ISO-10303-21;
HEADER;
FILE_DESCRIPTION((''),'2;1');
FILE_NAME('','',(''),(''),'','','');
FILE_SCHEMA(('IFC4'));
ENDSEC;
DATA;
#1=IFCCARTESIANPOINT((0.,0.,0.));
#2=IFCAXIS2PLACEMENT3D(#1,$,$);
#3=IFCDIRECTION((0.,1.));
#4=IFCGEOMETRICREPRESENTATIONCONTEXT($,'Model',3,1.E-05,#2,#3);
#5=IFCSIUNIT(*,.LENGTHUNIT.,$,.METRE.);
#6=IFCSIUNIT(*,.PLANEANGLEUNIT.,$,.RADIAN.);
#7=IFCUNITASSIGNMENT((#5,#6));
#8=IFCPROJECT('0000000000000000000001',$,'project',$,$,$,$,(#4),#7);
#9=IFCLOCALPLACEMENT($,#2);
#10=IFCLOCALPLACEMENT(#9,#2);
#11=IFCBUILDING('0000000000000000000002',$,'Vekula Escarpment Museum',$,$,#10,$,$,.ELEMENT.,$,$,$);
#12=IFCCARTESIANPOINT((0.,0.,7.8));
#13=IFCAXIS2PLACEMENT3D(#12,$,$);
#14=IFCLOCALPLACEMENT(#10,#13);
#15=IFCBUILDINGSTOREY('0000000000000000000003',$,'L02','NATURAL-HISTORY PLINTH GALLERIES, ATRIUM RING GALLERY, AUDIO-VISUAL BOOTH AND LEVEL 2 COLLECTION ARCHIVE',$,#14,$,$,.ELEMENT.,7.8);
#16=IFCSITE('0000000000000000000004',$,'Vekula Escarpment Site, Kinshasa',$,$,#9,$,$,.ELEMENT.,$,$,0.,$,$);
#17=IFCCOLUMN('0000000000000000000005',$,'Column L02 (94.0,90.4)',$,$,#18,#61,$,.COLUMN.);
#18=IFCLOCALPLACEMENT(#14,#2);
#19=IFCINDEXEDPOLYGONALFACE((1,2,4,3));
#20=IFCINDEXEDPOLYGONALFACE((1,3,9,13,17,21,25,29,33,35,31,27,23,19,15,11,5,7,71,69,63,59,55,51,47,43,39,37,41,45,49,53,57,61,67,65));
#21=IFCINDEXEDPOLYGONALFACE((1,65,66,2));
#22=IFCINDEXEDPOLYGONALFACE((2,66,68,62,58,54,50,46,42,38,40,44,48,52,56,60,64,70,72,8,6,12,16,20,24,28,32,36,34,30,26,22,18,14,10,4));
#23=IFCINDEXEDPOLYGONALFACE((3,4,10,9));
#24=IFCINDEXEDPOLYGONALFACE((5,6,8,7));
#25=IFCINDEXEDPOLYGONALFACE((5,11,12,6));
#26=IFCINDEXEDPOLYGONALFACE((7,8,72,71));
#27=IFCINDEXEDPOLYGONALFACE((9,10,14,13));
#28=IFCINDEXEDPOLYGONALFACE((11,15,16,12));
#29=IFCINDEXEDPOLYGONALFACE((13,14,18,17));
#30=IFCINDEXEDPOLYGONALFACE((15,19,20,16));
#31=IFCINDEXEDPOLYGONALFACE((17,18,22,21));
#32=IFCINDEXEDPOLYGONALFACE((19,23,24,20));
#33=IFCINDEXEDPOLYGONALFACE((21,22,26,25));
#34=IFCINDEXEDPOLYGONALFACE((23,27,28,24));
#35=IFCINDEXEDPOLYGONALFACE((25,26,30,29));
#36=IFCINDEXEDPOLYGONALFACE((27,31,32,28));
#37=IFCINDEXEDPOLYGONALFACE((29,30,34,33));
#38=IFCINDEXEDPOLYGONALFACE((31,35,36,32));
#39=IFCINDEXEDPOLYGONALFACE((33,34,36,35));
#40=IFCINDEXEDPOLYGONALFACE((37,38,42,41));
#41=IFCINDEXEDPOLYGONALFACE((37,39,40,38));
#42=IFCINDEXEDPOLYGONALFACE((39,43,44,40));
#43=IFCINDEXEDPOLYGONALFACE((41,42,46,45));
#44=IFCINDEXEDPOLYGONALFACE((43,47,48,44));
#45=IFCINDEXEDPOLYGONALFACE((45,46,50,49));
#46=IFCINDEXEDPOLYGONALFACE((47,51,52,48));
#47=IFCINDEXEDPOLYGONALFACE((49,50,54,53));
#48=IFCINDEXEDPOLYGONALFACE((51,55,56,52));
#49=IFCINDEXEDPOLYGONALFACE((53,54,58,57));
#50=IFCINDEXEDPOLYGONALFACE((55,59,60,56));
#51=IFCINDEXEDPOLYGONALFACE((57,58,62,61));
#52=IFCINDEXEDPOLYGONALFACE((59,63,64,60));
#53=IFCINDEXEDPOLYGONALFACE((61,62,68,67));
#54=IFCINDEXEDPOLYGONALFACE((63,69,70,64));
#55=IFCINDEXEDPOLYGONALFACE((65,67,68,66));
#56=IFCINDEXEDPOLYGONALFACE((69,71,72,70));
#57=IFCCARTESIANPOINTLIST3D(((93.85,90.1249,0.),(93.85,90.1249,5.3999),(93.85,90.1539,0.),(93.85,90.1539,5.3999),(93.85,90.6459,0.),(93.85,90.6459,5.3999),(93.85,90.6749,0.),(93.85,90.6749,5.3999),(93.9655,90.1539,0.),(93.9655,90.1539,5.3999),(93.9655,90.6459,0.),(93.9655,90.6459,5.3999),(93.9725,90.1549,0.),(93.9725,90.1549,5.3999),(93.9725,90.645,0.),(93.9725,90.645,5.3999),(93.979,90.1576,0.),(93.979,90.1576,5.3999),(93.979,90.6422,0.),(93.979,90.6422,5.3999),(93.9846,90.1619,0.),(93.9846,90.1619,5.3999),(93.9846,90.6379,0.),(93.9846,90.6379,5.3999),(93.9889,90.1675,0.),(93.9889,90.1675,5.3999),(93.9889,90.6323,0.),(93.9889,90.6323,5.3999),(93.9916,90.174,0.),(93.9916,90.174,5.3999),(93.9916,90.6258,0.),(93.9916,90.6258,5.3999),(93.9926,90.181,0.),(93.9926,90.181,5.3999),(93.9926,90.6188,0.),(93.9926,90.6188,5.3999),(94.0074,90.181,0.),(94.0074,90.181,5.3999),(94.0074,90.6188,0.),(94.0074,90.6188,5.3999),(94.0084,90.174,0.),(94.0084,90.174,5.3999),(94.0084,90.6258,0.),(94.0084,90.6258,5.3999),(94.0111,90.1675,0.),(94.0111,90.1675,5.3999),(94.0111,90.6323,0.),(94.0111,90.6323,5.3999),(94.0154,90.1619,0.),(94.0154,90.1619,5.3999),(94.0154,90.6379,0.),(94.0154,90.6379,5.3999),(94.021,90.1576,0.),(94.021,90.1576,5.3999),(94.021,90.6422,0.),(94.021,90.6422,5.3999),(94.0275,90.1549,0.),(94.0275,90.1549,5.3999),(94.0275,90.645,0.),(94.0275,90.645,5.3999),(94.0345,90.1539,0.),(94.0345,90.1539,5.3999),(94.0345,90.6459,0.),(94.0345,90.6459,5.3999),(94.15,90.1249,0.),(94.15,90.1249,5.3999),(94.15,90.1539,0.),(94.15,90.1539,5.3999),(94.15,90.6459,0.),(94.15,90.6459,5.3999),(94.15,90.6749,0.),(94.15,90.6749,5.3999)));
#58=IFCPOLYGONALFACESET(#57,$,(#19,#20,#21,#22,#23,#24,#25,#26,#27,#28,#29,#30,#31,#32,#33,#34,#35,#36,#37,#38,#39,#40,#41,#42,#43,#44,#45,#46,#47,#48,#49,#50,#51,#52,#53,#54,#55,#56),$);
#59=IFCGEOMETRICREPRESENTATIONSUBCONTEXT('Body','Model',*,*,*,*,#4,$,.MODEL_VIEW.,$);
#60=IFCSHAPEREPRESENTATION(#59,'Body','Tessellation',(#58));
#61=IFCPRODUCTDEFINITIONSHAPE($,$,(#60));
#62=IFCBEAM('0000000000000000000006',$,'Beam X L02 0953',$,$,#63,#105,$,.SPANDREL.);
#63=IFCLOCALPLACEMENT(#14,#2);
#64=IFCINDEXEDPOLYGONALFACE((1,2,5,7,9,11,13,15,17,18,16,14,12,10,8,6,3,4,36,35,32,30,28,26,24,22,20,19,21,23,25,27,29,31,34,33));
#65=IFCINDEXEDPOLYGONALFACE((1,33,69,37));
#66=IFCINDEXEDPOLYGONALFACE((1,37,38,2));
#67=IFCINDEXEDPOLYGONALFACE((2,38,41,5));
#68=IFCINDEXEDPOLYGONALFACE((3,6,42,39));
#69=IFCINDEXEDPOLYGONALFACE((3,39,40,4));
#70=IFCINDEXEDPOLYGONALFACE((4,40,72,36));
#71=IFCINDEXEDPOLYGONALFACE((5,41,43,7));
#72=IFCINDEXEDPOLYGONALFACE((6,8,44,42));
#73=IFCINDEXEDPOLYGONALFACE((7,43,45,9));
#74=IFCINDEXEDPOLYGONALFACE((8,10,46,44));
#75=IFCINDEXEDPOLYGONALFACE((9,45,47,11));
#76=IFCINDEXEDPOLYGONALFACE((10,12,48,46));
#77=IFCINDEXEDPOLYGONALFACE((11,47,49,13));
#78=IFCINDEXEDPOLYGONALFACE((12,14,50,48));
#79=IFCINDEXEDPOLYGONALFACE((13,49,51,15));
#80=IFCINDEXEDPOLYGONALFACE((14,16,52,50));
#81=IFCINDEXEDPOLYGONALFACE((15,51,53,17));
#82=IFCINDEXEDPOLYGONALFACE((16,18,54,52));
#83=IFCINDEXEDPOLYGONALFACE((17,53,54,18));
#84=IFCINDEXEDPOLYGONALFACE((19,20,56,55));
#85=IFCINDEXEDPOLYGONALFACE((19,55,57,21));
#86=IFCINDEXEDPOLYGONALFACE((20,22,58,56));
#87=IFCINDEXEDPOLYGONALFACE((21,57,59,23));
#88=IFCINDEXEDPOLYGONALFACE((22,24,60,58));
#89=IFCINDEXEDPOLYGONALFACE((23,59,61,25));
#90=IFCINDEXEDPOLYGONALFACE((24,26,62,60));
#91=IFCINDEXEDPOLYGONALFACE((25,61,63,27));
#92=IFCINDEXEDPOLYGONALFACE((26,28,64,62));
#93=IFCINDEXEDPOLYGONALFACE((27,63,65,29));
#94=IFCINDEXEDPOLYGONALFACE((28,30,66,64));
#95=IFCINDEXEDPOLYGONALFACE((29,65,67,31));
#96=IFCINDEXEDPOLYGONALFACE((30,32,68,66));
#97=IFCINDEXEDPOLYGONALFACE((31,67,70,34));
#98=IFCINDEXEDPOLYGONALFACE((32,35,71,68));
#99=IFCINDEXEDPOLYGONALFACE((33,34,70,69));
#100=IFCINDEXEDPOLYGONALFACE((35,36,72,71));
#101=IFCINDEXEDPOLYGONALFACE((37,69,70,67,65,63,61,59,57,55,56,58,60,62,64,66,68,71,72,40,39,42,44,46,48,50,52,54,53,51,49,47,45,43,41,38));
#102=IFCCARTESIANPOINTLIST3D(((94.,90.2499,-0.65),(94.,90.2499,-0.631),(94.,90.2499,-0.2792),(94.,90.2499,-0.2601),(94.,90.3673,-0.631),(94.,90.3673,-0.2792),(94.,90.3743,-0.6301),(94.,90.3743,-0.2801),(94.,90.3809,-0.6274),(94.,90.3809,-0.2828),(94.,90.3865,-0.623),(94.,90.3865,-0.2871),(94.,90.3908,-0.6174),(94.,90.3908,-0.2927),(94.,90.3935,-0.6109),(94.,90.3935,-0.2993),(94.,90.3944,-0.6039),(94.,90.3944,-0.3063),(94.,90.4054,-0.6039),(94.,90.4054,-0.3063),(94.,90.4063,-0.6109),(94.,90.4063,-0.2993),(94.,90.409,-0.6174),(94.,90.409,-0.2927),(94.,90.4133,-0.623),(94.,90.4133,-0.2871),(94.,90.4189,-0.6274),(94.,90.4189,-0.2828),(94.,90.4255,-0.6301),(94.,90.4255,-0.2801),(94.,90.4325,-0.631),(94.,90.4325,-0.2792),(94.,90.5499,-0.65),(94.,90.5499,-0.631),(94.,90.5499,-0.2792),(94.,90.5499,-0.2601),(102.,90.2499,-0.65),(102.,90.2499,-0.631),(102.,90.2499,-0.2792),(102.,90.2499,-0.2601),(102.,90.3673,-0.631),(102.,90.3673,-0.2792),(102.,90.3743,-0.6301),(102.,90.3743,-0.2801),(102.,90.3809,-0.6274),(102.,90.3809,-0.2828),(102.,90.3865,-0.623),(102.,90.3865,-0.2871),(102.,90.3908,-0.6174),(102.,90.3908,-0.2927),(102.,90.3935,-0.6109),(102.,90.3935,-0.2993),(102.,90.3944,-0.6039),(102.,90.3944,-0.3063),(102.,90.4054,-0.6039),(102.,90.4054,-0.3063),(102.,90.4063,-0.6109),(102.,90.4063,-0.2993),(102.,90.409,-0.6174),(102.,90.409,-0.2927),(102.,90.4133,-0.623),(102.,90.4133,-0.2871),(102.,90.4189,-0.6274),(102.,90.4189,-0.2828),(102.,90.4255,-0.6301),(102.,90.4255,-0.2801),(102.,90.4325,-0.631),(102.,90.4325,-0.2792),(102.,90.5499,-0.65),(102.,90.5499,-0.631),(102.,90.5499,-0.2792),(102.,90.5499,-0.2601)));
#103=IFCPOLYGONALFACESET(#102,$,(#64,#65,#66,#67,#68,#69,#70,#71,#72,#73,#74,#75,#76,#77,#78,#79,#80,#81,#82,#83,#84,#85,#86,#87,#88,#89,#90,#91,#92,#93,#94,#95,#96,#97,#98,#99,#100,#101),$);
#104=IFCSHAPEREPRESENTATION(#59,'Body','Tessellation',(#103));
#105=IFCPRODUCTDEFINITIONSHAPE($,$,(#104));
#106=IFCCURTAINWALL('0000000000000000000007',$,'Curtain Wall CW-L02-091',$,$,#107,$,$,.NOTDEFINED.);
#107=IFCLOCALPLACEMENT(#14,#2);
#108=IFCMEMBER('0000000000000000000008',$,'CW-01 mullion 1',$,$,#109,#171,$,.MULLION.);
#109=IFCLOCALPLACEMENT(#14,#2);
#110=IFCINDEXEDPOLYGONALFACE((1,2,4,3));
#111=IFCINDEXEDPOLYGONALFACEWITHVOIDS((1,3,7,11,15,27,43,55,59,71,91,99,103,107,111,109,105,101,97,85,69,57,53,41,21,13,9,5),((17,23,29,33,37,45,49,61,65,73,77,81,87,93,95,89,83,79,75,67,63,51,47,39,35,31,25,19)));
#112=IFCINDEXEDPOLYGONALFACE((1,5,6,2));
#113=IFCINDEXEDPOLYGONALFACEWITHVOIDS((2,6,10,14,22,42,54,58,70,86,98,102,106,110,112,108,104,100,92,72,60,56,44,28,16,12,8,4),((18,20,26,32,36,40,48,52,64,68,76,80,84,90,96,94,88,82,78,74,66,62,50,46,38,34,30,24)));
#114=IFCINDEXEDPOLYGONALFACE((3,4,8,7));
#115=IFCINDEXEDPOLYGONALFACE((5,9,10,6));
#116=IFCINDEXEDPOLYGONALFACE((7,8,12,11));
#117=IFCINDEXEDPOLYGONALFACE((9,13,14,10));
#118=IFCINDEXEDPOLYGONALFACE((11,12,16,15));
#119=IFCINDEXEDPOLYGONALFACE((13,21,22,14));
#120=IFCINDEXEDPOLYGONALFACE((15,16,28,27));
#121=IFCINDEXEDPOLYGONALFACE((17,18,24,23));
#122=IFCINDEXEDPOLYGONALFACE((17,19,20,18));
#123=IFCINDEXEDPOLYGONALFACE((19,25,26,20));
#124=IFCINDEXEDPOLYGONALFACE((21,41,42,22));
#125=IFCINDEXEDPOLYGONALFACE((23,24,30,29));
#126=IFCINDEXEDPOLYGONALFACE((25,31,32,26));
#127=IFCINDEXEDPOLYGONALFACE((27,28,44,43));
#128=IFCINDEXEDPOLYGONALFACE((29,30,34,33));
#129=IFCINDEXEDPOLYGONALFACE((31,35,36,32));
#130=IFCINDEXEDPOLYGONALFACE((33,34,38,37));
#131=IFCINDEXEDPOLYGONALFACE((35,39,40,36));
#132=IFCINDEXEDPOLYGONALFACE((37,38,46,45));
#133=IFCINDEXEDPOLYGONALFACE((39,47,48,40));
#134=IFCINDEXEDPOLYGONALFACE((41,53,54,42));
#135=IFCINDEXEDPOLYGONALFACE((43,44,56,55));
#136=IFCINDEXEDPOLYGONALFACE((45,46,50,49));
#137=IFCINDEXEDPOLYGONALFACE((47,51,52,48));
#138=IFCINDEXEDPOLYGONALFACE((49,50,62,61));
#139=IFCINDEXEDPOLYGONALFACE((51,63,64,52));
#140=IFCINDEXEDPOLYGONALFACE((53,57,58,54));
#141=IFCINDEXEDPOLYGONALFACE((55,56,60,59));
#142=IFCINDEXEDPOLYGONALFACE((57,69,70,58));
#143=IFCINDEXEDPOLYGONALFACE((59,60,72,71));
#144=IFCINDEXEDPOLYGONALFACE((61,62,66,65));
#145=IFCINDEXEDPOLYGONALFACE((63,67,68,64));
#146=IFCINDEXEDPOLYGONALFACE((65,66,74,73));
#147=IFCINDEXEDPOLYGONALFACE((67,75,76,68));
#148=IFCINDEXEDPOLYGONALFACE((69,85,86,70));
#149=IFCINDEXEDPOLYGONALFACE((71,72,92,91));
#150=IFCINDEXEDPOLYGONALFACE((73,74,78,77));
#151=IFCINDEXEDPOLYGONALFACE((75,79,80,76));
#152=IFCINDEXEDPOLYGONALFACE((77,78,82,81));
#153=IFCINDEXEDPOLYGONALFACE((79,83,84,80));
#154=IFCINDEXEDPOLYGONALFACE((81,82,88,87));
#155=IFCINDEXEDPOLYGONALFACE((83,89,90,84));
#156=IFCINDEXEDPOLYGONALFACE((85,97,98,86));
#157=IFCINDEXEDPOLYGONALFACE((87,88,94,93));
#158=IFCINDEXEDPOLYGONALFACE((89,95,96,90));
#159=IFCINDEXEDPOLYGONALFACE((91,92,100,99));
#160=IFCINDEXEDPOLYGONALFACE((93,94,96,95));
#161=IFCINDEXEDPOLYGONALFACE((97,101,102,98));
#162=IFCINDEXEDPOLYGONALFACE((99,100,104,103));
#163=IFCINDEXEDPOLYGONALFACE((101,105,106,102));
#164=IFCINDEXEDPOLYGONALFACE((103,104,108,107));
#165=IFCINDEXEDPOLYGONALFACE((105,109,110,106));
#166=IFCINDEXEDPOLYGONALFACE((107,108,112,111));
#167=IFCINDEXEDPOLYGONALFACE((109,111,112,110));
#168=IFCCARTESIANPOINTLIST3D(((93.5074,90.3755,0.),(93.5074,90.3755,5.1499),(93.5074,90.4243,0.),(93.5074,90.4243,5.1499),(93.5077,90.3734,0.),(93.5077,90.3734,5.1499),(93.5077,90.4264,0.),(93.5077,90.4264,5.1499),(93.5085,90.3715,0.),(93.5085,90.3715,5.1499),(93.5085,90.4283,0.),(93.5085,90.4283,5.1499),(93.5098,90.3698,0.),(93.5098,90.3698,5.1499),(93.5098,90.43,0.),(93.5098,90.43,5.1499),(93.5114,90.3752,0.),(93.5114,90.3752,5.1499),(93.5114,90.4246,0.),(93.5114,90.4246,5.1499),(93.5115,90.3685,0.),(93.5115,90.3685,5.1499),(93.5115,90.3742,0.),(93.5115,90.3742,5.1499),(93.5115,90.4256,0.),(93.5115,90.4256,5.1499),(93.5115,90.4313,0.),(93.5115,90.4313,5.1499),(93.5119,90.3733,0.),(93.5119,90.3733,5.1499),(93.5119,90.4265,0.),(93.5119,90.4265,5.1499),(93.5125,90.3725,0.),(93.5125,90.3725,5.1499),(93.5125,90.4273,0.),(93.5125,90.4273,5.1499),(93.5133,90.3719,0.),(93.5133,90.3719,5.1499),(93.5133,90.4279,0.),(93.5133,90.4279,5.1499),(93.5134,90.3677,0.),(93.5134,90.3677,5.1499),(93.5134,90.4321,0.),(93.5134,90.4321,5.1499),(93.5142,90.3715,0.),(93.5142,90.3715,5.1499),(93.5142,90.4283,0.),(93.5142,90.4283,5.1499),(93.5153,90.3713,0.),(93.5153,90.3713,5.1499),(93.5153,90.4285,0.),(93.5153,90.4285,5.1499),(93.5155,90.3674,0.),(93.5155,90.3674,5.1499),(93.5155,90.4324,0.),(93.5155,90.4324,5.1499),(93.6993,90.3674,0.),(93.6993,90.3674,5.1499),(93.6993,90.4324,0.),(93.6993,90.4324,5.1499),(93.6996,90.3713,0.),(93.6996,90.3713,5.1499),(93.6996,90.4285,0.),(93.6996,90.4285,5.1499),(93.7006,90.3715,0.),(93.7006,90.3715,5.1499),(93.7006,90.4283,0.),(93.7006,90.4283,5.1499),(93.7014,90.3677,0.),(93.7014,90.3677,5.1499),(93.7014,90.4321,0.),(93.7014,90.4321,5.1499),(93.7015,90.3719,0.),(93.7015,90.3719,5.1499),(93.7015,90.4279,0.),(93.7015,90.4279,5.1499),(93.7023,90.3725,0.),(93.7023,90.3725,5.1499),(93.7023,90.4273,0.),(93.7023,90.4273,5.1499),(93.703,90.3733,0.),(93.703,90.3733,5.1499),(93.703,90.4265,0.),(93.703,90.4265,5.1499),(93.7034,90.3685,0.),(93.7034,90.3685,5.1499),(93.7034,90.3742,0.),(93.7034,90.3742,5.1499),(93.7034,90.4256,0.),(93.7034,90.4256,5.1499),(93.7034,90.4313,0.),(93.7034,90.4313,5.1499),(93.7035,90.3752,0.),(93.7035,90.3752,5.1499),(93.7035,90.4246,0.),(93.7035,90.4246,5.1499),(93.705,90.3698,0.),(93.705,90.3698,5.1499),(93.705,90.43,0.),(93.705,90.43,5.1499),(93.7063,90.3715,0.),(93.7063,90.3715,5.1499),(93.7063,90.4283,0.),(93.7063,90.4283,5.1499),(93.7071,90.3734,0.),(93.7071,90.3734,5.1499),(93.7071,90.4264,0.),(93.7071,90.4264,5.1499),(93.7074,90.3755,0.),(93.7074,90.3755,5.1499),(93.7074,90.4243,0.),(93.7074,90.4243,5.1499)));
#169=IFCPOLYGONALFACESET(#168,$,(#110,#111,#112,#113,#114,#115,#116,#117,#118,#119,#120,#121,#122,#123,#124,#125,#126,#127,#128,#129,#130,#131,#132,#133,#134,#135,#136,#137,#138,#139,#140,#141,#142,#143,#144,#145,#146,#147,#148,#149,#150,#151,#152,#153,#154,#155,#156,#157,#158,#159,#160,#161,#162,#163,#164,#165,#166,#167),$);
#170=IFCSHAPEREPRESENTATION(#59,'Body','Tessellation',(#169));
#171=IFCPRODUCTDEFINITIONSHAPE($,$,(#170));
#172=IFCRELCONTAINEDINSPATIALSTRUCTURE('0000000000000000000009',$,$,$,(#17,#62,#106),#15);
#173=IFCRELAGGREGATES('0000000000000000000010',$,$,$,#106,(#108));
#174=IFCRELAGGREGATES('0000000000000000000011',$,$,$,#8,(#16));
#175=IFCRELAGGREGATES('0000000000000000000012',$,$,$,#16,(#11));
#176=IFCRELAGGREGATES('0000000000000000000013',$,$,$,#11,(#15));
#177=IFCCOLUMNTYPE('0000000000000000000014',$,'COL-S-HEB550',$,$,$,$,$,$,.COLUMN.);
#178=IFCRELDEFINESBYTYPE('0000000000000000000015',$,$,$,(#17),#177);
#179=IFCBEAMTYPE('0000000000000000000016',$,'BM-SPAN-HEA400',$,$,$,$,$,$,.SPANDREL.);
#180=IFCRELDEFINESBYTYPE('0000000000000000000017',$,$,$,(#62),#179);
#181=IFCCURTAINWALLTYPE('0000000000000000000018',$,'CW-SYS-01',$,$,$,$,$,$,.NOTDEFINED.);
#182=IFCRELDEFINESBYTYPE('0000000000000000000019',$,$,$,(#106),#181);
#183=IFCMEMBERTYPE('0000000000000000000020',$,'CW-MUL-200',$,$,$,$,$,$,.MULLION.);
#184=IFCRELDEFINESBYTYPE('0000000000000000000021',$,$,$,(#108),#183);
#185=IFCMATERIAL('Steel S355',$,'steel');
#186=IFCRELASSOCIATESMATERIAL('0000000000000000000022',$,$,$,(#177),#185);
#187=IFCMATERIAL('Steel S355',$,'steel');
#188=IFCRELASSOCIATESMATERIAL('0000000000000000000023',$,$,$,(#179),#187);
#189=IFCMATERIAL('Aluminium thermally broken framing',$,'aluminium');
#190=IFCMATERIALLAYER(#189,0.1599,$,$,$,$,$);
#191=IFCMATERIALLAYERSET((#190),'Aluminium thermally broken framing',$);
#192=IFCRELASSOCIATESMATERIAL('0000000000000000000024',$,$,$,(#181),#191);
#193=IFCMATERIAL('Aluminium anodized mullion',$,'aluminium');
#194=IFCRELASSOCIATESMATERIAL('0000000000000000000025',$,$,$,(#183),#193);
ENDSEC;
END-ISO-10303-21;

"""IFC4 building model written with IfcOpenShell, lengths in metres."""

from ifc_helpers import new_model, si_unit, direction, frame, origin, origin_2d, place, context, subcontext, project, spatial, hollow_rectangle, i_section, extrude, material, layer, layer_set, material_profile, profile_set, type_object, element, aggregate, save


model = new_model("IFC4")

# Units and contexts
model_context = context("Model", 3, precision=1e-05, world=origin(), true_north=direction((0.0, 1.0)))
body_context = subcontext(model_context, "Body", "Model", "MODEL_VIEW")
ifc_project = project(units=[si_unit("LENGTHUNIT", "METRE"), si_unit("PLANEANGLEUNIT", "RADIAN")], contexts=[model_context])

# Site, building, storey
site_placement = place(None, origin())
site = spatial("IfcSite", under=ifc_project, at=site_placement, Name="Vekula Escarpment Site, Kinshasa", CompositionType="ELEMENT", RefElevation=0.0)
building_placement = place(site_placement, origin())
building = spatial("IfcBuilding", under=site, at=building_placement, Name="Vekula Escarpment Museum", CompositionType="ELEMENT")
storey_placement = place(building_placement, frame((0.0, 0.0, 7.8)))
storey = spatial("IfcBuildingStorey", under=building, at=storey_placement, Name="L02", Description="NATURAL-HISTORY PLINTH GALLERIES, ATRIUM RING GALLERY, AUDIO-VISUAL BOOTH AND LEVEL 2 COLLECTION ARCHIVE", CompositionType="ELEMENT", Elevation=7.8)

# Column
ifc_material_1 = material(Name="Steel S355", Category="steel")
ifc_material_profile_1 = material_profile(ifc_material_1, i_section(OverallWidth=0.3, OverallDepth=0.55, WebThickness=0.0149, FlangeThickness=0.0291, FilletRadius=0.0271, at=origin_2d()), Name="HEB 550")
ifc_profile_set_1 = profile_set([ifc_material_profile_1], Name="Steel S355")
column_type = type_object("IfcColumnType", Name="COL-S-HEB550", PredefinedType="COLUMN", material=ifc_profile_set_1)
column_placement = place(storey_placement, frame((94.0, 90.3999, 0.0), z_axis=(0.0, 0.0, 1.0), x_axis=(1.0, 0.0, 0.0)))
element("IfcColumn", 1, at=column_placement, inside=storey, type_object=column_type, Name="Column L02 (94.0,90.4)", PredefinedType="COLUMN", context=body_context, shape_type="SweptSolid", body=[
    extrude(i_section(OverallWidth=0.3, OverallDepth=0.55, WebThickness=0.0149, FlangeThickness=0.0291, FilletRadius=0.0271, at=origin_2d()), origin(), (0.0, 0.0, 1.0), 5.3999),
])

# Beam
ifc_material_2 = material(Name="Steel S355", Category="steel")
ifc_material_profile_2 = material_profile(ifc_material_2, i_section(OverallWidth=0.3, OverallDepth=0.3899, WebThickness=0.011, FlangeThickness=0.019, FilletRadius=0.0271, at=origin_2d()), Name="HEA 400")
ifc_profile_set_2 = profile_set([ifc_material_profile_2], Name="Steel S355")
beam_type = type_object("IfcBeamType", Name="BM-SPAN-HEA400", PredefinedType="SPANDREL", material=ifc_profile_set_2)
beam_placement = place(storey_placement, frame((94.0, 90.3999, -0.4551), z_axis=(1.0, 0.0, 0.0), x_axis=(0.0, 1.0, 0.0)))
element("IfcBeam", 2, at=beam_placement, inside=storey, type_object=beam_type, Name="Beam X L02 0953", PredefinedType="SPANDREL", context=body_context, shape_type="SweptSolid", body=[
    extrude(i_section(OverallWidth=0.3, OverallDepth=0.3899, WebThickness=0.011, FlangeThickness=0.019, FilletRadius=0.0271, at=origin_2d()), origin(), (0.0, 0.0, 1.0), 8.0),
])

# Curtain wall, member
ifc_material_3 = material(Name="Aluminium thermally broken framing", Category="aluminium")
ifc_layer_1 = layer(ifc_material_3, 0.1599)
ifc_layer_set_1 = layer_set([ifc_layer_1], Name="Aluminium thermally broken framing")
curtain_wall_type = type_object("IfcCurtainWallType", Name="CW-SYS-01", PredefinedType="NOTDEFINED", material=ifc_layer_set_1)
curtain_wall_placement = place(storey_placement, origin())
curtain_wall = element("IfcCurtainWall", 3, at=curtain_wall_placement, inside=storey, type_object=curtain_wall_type, Name="Curtain Wall CW-L02-091", PredefinedType="NOTDEFINED")
ifc_material_4 = material(Name="Aluminium anodized mullion", Category="aluminium")
ifc_material_profile_3 = material_profile(ifc_material_4, hollow_rectangle(XDim=0.0649, YDim=0.2, WallThickness=0.0039, InnerFilletRadius=0.0039, OuterFilletRadius=0.0081, at=origin_2d()), Name="ALU 200x65x4")
ifc_profile_set_3 = profile_set([ifc_material_profile_3], Name="Aluminium anodized mullion")
member_type_1 = type_object("IfcMemberType", Name="CW-MUL-200", PredefinedType="MULLION", material=ifc_profile_set_3)
member_1_placement = place(storey_placement, frame((93.6074, 90.3999, 0.0), z_axis=(0.0, 0.0, 1.0), x_axis=(0.0, -1.0, 0.0)))
member_1 = element("IfcMember", 4, at=member_1_placement, type_object=member_type_1, Name="CW-01 mullion 1", PredefinedType="MULLION", context=body_context, shape_type="SweptSolid", body=[
    extrude(hollow_rectangle(XDim=0.0649, YDim=0.2, WallThickness=0.0039, InnerFilletRadius=0.0039, OuterFilletRadius=0.0081, at=origin_2d()), origin(), (0.0, 0.0, 1.0), 5.1499),
])
aggregate(curtain_wall, [member_1])

save(model, "model.ifc")
